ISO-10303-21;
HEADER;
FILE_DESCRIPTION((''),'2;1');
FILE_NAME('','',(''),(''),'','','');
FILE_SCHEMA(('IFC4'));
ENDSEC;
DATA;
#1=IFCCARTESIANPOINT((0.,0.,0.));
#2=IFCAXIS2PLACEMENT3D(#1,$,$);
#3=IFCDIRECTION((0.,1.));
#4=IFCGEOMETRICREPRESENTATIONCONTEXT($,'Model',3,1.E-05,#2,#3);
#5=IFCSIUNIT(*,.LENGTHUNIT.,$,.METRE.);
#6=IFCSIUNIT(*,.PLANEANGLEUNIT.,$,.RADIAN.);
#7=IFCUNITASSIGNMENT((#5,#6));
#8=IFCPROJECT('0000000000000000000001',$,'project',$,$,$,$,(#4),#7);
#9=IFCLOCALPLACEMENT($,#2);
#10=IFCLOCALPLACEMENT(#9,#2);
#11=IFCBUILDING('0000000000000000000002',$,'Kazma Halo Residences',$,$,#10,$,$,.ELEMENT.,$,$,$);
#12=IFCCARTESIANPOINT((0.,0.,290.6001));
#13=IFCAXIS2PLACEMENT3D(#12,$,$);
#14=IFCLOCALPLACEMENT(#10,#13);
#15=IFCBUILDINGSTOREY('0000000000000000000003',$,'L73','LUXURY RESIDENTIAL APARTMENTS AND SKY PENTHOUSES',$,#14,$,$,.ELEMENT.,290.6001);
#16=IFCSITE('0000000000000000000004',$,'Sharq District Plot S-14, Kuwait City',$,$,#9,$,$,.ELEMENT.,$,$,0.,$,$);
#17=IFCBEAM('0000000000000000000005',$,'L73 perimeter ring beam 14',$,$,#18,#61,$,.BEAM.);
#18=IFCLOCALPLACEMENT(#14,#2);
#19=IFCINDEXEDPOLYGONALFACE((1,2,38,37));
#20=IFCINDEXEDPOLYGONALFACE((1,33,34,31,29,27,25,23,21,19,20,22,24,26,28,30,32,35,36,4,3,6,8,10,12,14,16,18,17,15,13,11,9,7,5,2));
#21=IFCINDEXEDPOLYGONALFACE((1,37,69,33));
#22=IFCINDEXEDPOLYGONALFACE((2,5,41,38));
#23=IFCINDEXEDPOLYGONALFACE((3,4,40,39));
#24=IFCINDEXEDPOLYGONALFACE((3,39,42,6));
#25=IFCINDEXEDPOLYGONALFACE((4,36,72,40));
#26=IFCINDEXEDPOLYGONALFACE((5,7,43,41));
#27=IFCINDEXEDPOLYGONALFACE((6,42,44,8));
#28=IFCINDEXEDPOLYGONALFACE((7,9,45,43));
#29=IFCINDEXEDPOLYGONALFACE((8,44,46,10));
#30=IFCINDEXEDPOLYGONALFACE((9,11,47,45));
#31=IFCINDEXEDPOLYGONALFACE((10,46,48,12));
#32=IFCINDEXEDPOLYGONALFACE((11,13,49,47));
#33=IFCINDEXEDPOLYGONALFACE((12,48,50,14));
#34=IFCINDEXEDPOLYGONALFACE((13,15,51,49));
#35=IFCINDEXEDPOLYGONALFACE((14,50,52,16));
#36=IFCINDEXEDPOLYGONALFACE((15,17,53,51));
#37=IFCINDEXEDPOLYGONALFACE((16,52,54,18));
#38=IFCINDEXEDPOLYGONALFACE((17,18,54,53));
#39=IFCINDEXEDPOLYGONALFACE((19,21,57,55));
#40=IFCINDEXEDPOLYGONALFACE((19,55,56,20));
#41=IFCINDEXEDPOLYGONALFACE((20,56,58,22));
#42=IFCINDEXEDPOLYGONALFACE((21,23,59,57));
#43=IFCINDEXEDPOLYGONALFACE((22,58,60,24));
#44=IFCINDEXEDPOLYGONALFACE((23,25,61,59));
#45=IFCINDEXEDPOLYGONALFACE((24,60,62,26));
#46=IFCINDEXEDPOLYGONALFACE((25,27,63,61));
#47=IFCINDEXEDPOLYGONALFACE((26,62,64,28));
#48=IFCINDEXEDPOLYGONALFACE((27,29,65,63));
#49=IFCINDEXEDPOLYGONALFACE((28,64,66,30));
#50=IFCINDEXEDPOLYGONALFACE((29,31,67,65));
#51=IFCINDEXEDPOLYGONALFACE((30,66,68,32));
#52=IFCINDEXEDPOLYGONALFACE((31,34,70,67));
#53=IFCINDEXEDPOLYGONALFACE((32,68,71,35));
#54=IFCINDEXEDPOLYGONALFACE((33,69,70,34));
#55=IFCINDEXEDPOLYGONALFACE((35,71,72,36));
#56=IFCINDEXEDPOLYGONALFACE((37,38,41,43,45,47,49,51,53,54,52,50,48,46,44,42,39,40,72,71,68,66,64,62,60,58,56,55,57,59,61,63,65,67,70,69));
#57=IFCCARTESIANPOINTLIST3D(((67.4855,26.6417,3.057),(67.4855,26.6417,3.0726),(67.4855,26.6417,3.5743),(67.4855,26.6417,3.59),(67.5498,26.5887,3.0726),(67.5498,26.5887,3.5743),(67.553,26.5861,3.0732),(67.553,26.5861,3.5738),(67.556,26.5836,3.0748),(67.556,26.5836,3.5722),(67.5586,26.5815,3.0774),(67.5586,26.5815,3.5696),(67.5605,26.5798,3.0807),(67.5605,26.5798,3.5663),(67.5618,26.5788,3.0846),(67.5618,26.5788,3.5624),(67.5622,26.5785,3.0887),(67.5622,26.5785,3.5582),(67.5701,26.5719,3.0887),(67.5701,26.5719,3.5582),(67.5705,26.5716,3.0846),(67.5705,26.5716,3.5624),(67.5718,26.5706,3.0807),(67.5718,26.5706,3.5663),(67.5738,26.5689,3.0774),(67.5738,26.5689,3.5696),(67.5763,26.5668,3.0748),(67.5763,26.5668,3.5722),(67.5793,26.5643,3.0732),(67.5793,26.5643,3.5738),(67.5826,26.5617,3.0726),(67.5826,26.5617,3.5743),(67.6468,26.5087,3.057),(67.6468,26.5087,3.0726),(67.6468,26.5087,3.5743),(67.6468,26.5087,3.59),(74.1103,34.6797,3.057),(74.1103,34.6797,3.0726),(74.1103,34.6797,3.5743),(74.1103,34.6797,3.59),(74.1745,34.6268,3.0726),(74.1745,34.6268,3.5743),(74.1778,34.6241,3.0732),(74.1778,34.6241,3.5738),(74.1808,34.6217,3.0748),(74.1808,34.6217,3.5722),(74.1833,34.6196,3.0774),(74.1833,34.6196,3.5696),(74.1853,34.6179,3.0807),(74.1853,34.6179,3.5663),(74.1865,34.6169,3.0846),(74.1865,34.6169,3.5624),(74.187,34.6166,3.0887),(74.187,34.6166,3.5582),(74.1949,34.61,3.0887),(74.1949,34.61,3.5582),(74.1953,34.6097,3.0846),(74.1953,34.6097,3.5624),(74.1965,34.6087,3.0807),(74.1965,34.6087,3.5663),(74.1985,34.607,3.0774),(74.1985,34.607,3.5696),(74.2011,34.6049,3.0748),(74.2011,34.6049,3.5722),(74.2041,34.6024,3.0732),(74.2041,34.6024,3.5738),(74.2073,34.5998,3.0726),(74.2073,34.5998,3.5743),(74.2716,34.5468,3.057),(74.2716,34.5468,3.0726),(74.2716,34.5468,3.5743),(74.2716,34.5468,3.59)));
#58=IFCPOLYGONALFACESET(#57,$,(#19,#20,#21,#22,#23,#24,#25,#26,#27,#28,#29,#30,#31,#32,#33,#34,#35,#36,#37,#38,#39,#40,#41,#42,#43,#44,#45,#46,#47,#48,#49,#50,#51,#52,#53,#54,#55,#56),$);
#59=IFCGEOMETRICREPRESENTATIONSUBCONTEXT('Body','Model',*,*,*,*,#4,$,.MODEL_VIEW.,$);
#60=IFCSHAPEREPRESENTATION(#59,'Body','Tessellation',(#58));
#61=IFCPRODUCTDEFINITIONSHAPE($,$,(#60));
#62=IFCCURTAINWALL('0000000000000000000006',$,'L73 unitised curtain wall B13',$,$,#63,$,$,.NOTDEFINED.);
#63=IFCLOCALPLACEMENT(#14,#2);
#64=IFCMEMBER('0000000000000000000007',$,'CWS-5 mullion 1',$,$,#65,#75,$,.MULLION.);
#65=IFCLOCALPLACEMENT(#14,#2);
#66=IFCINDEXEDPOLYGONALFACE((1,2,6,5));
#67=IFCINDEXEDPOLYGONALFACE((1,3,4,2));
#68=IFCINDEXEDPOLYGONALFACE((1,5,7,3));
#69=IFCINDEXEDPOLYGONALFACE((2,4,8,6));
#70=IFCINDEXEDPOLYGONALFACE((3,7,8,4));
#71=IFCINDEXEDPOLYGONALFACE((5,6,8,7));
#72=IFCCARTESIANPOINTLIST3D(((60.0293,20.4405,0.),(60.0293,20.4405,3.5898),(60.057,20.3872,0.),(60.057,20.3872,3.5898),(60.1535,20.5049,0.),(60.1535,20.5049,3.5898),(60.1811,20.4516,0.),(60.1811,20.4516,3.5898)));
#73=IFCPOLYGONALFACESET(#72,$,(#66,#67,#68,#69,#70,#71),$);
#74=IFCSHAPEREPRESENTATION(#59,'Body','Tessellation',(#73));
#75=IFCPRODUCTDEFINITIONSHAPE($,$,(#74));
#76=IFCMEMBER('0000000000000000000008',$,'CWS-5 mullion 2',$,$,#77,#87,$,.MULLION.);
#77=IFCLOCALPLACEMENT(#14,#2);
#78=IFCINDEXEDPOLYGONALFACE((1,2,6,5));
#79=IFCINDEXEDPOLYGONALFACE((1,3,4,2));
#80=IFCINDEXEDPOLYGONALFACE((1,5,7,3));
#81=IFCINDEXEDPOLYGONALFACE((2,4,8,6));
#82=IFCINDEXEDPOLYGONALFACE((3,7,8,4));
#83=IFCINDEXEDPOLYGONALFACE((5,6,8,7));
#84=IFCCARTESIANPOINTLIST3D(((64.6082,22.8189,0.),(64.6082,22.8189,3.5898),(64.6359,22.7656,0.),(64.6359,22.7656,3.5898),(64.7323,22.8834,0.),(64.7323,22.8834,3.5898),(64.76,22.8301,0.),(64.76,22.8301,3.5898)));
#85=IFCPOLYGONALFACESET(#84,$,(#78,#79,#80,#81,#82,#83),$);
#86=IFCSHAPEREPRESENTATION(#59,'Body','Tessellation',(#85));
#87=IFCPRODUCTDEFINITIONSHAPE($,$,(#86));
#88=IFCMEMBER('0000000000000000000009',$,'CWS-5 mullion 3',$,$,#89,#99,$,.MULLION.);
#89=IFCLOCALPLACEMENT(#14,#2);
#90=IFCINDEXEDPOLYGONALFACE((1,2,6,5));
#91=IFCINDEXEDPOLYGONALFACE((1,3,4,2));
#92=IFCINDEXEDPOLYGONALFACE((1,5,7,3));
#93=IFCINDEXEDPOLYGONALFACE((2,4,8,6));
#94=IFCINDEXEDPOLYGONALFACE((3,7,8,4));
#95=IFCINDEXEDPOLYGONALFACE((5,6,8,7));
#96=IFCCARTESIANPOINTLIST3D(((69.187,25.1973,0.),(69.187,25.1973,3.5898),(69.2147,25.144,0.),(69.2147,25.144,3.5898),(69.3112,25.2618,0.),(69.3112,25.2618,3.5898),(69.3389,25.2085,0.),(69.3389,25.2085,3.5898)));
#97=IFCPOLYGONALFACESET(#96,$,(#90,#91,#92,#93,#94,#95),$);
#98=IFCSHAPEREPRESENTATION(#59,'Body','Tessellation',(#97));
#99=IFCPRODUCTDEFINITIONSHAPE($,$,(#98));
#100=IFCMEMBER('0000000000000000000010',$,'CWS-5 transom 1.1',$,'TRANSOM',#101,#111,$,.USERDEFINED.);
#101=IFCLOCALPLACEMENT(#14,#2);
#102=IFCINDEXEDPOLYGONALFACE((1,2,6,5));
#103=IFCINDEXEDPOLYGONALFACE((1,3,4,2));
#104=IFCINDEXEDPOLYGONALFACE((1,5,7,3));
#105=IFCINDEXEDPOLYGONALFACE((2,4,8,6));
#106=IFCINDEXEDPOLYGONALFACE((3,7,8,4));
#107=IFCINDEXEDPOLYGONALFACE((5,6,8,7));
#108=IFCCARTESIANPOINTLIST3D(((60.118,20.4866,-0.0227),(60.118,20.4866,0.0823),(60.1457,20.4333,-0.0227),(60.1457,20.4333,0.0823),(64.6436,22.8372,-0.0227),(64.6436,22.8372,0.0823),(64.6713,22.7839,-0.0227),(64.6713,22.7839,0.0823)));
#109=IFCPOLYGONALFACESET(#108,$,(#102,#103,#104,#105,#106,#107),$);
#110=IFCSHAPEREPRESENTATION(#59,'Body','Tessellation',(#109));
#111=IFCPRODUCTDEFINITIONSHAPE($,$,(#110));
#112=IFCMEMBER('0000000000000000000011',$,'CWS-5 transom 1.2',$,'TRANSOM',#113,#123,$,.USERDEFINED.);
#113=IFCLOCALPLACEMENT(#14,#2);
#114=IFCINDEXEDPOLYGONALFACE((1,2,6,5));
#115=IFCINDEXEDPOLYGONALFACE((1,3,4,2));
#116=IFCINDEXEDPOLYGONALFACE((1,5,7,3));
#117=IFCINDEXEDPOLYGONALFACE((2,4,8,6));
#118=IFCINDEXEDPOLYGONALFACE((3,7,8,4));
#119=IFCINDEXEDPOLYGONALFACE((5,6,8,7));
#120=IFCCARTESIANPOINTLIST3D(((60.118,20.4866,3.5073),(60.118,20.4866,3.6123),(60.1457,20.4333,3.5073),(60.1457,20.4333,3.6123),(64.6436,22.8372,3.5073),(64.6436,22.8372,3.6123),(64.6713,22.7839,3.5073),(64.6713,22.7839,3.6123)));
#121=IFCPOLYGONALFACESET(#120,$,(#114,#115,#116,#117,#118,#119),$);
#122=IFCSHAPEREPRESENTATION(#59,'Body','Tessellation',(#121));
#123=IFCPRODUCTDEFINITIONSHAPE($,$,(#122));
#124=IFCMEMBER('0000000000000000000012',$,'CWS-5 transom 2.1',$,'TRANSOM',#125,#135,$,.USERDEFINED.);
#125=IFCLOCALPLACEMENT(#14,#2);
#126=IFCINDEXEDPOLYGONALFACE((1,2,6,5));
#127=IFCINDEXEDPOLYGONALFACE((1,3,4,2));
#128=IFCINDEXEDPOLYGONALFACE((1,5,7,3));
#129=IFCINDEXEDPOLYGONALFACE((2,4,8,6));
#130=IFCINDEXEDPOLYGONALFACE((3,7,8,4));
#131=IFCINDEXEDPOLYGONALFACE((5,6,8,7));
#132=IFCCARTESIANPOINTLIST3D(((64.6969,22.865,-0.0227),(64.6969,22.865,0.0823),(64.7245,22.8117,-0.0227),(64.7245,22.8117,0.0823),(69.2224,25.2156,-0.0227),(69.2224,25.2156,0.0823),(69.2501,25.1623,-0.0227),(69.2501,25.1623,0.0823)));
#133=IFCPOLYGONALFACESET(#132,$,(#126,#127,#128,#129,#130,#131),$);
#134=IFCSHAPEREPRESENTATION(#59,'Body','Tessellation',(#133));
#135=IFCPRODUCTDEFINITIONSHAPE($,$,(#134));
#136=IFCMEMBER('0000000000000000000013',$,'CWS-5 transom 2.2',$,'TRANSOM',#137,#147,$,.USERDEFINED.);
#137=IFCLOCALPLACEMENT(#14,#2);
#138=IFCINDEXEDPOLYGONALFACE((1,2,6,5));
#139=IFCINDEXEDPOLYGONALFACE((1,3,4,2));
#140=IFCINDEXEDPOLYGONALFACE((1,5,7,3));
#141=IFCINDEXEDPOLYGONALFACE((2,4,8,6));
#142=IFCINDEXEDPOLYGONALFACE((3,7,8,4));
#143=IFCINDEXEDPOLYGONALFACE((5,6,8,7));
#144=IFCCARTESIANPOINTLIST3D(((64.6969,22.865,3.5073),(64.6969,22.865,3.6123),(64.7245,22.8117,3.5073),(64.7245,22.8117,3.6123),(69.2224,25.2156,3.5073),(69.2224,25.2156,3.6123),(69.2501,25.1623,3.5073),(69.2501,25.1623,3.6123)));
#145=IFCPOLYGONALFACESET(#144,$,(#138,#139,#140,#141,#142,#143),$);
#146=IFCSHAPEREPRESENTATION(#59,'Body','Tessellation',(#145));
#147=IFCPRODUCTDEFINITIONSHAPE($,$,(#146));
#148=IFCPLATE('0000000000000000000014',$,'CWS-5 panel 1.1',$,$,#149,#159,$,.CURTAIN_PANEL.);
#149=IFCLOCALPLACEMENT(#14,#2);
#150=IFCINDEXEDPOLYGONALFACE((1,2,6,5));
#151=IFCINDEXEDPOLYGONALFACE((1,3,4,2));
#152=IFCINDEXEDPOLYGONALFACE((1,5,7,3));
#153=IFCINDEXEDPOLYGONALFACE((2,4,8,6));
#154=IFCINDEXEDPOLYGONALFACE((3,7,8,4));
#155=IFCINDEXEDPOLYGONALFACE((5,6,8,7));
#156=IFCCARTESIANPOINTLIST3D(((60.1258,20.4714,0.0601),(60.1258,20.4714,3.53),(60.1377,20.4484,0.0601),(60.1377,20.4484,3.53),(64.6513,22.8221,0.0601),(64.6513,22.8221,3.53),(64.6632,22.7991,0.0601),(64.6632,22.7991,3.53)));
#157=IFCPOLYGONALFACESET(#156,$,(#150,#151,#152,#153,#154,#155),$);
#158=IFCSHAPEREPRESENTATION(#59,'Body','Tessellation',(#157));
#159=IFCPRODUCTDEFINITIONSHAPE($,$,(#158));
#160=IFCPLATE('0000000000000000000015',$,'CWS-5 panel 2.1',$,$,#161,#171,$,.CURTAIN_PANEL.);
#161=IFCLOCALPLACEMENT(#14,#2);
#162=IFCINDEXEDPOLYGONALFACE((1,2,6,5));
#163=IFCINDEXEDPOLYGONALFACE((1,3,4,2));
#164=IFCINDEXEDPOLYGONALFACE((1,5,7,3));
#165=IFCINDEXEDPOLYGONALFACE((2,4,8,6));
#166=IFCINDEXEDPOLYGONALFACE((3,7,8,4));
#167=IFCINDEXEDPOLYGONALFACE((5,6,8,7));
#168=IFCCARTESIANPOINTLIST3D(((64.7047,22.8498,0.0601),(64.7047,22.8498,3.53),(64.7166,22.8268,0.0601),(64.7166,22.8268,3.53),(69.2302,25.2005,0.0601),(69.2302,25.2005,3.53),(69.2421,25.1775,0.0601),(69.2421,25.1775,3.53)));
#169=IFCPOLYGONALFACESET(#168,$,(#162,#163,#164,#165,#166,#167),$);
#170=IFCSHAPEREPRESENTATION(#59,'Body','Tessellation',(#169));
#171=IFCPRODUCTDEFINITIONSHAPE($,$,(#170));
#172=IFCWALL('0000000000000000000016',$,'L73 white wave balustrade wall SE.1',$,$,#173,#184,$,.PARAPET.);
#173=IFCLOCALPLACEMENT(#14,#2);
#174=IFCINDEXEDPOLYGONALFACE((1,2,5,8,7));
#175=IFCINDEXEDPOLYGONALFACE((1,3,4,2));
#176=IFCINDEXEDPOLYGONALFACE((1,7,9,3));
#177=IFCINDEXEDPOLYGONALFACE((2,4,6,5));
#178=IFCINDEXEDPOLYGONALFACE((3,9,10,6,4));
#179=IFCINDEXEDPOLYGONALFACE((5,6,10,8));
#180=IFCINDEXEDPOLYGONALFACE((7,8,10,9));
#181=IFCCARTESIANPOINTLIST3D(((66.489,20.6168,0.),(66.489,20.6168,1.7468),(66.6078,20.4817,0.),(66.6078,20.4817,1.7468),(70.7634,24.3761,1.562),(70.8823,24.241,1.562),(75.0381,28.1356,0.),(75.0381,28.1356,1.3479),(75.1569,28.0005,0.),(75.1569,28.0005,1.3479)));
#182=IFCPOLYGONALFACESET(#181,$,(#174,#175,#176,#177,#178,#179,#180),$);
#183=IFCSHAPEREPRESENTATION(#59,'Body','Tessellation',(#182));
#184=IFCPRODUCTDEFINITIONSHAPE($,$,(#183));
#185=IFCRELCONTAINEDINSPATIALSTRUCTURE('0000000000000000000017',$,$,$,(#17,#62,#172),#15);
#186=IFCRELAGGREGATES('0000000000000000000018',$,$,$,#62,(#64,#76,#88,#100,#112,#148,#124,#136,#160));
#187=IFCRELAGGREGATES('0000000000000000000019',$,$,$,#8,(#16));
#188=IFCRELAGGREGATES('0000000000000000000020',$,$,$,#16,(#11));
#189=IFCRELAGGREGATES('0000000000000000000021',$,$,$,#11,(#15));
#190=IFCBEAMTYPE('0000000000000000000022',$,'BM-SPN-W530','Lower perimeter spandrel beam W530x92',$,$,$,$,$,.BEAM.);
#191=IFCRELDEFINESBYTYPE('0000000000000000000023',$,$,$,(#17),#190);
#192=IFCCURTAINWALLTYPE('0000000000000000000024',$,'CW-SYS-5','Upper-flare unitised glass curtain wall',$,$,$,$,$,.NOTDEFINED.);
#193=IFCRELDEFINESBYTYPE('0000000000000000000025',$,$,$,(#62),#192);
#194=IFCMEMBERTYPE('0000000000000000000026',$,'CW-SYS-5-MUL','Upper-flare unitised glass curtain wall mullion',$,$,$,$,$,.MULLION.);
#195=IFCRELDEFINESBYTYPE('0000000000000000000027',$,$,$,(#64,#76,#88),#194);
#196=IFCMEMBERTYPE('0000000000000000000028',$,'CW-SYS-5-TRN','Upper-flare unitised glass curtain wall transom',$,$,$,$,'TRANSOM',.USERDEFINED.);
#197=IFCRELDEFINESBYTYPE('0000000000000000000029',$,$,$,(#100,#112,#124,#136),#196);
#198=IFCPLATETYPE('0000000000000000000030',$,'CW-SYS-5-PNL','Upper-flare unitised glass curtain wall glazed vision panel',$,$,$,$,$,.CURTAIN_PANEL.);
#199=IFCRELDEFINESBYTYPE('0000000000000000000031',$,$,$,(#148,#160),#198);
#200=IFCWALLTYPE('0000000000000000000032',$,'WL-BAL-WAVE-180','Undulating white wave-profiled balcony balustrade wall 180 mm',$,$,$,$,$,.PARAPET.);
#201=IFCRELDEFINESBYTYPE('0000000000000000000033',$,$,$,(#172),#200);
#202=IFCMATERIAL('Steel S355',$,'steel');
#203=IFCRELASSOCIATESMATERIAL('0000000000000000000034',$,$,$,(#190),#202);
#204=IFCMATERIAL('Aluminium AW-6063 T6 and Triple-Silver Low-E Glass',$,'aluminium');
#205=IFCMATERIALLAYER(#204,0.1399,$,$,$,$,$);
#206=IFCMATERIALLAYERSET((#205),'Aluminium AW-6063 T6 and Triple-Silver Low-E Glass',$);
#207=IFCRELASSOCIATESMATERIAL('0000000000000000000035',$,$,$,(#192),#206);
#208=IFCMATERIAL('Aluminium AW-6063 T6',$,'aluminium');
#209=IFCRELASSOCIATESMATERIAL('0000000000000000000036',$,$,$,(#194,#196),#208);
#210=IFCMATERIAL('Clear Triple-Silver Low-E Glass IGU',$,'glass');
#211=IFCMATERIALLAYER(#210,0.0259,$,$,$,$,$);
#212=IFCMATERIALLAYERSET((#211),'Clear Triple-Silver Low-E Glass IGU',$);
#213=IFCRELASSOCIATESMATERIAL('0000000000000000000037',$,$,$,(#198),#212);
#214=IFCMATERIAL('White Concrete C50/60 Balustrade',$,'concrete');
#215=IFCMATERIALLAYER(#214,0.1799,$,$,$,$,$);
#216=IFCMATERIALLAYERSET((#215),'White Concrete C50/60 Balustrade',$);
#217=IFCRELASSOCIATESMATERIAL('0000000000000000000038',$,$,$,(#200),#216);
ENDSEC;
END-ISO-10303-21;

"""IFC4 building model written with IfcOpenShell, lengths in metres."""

from ifc_helpers import new_model, si_unit, direction, frame, origin, origin_2d, place, context, subcontext, project, spatial, polyline, rectangle, i_section, outline, extrude, material, layer, layer_set, material_profile, profile_set, type_object, element, aggregate, save


model = new_model("IFC4")

# Units and contexts
model_context = context("Model", 3, precision=1e-05, world=origin(), true_north=direction((0.0, 1.0)))
body_context = subcontext(model_context, "Body", "Model", "MODEL_VIEW")
ifc_project = project(units=[si_unit("LENGTHUNIT", "METRE"), si_unit("PLANEANGLEUNIT", "RADIAN")], contexts=[model_context])

# Site, building, storey
site_placement = place(None, origin())
site = spatial("IfcSite", under=ifc_project, at=site_placement, Name="Sharq District Plot S-14, Kuwait City", CompositionType="ELEMENT", RefElevation=0.0)
building_placement = place(site_placement, origin())
building = spatial("IfcBuilding", under=site, at=building_placement, Name="Kazma Halo Residences", CompositionType="ELEMENT")
storey_placement = place(building_placement, frame((0.0, 0.0, 290.6001)))
storey = spatial("IfcBuildingStorey", under=building, at=storey_placement, Name="L73", Description="LUXURY RESIDENTIAL APARTMENTS AND SKY PENTHOUSES", CompositionType="ELEMENT", Elevation=290.6001)

# Beam
ifc_material_1 = material(Name="Steel S355", Category="steel")
ifc_material_profile_1 = material_profile(ifc_material_1, i_section(OverallWidth=0.209, OverallDepth=0.533, WebThickness=0.0103, FlangeThickness=0.0156, FilletRadius=0.0161, at=origin_2d()), Name="W530x92")
ifc_profile_set_1 = profile_set([ifc_material_profile_1], Name="Steel S355")
beam_type_1 = type_object("IfcBeamType", Name="BM-SPN-W530", Description="Lower perimeter spandrel beam W530x92", PredefinedType="BEAM", material=ifc_profile_set_1)
beam_1_placement = place(storey_placement, frame((67.5662, 26.5752, 3.3235), z_axis=(0.636002, 0.771687, 0.0), x_axis=(-0.771687, 0.636002, 0.0)))
element("IfcBeam", 1, at=beam_1_placement, inside=storey, type_object=beam_type_1, Name="L73 perimeter ring beam 14", PredefinedType="BEAM", context=body_context, shape_type="SweptSolid", body=[
    extrude(i_section(OverallWidth=0.209, OverallDepth=0.533, WebThickness=0.0103, FlangeThickness=0.0156, FilletRadius=0.0161, at=origin_2d()), origin(), (0.0, 0.0, 1.0), 10.4163),
])

# Curtain wall, members, plates
ifc_material_2 = material(Name="Aluminium AW-6063 T6 and Triple-Silver Low-E Glass", Category="aluminium")
ifc_layer_1 = layer(ifc_material_2, 0.1399)
ifc_layer_set_1 = layer_set([ifc_layer_1], Name="Aluminium AW-6063 T6 and Triple-Silver Low-E Glass")
curtain_wall_type = type_object("IfcCurtainWallType", Name="CW-SYS-5", Description="Upper-flare unitised glass curtain wall", PredefinedType="NOTDEFINED", material=ifc_layer_set_1)
curtain_wall_placement = place(storey_placement, origin())
curtain_wall = element("IfcCurtainWall", 2, at=curtain_wall_placement, inside=storey, type_object=curtain_wall_type, Name="L73 unitised curtain wall B13", PredefinedType="NOTDEFINED")
ifc_material_3 = material(Name="Aluminium AW-6063 T6", Category="aluminium")
ifc_material_profile_2 = material_profile(ifc_material_3, rectangle(XDim=0.0601, YDim=0.1399, at=origin_2d()), Name="CWM-60x140")
ifc_profile_set_2 = profile_set([ifc_material_profile_2], Name="Aluminium AW-6063 T6")
member_type_1 = type_object("IfcMemberType", Name="CW-SYS-5-MUL", Description="Upper-flare unitised glass curtain wall mullion", PredefinedType="MULLION", material=ifc_profile_set_2)
member_1_placement = place(storey_placement, frame((60.1052, 20.446, 0.0), z_axis=(0.0, 0.0, 1.0), x_axis=(-0.460961, 0.887421, 0.0)))
member_1 = element("IfcMember", 3, at=member_1_placement, type_object=member_type_1, Name="CWS-5 mullion 1", PredefinedType="MULLION", context=body_context, shape_type="SweptSolid", body=[
    extrude(rectangle(XDim=0.0601, YDim=0.1399, at=origin_2d()), origin(), (0.0, 0.0, 1.0), 3.5898),
])
member_2_placement = place(storey_placement, frame((64.6841, 22.8245, 0.0), z_axis=(0.0, 0.0, 1.0), x_axis=(-0.460961, 0.887421, 0.0)))
member_2 = element("IfcMember", 4, at=member_2_placement, type_object=member_type_1, Name="CWS-5 mullion 2", PredefinedType="MULLION", context=body_context, shape_type="SweptSolid", body=[
    extrude(rectangle(XDim=0.0601, YDim=0.1399, at=origin_2d()), origin(), (0.0, 0.0, 1.0), 3.5898),
])
member_3_placement = place(storey_placement, frame((69.2629, 25.2029, 0.0), z_axis=(0.0, 0.0, 1.0), x_axis=(-0.460961, 0.887421, 0.0)))
member_3 = element("IfcMember", 5, at=member_3_placement, type_object=member_type_1, Name="CWS-5 mullion 3", PredefinedType="MULLION", context=body_context, shape_type="SweptSolid", body=[
    extrude(rectangle(XDim=0.0601, YDim=0.1399, at=origin_2d()), origin(), (0.0, 0.0, 1.0), 3.5898),
])
ifc_material_profile_3 = material_profile(ifc_material_3, rectangle(XDim=0.0601, YDim=0.105, at=origin_2d()), Name="CWT-60x105")
ifc_profile_set_3 = profile_set([ifc_material_profile_3], Name="Aluminium AW-6063 T6")
member_type_2 = type_object("IfcMemberType", Name="CW-SYS-5-TRN", Description="Upper-flare unitised glass curtain wall transom", ElementType="TRANSOM", PredefinedType="USERDEFINED", material=ifc_profile_set_3)
member_4_placement = place(storey_placement, frame((60.1318, 20.46, 0.0298), z_axis=(0.887437, 0.460929, 0.0), x_axis=(-0.460929, 0.887437, 0.0)))
member_4 = element("IfcMember", 6, at=member_4_placement, type_object=member_type_2, Name="CWS-5 transom 1.1", ObjectType="TRANSOM", PredefinedType="USERDEFINED", context=body_context, shape_type="SweptSolid", body=[
    extrude(rectangle(XDim=0.0601, YDim=0.105, at=origin_2d()), origin(), (0.0, 0.0, 1.0), 5.0996),
])
member_5_placement = place(storey_placement, frame((60.1318, 20.46, 3.5598), z_axis=(0.887437, 0.460929, 0.0), x_axis=(-0.460929, 0.887437, 0.0)))
member_5 = element("IfcMember", 7, at=member_5_placement, type_object=member_type_2, Name="CWS-5 transom 1.2", ObjectType="TRANSOM", PredefinedType="USERDEFINED", context=body_context, shape_type="SweptSolid", body=[
    extrude(rectangle(XDim=0.0601, YDim=0.105, at=origin_2d()), origin(), (0.0, 0.0, 1.0), 5.0996),
])
member_6_placement = place(storey_placement, frame((64.7107, 22.8384, 0.0298), z_axis=(0.887437, 0.460929, 0.0), x_axis=(-0.460929, 0.887437, 0.0)))
member_6 = element("IfcMember", 8, at=member_6_placement, type_object=member_type_2, Name="CWS-5 transom 2.1", ObjectType="TRANSOM", PredefinedType="USERDEFINED", context=body_context, shape_type="SweptSolid", body=[
    extrude(rectangle(XDim=0.0601, YDim=0.105, at=origin_2d()), origin(), (0.0, 0.0, 1.0), 5.0996),
])
member_7_placement = place(storey_placement, frame((64.7107, 22.8384, 3.5598), z_axis=(0.887437, 0.460929, 0.0), x_axis=(-0.460929, 0.887437, 0.0)))
member_7 = element("IfcMember", 9, at=member_7_placement, type_object=member_type_2, Name="CWS-5 transom 2.2", ObjectType="TRANSOM", PredefinedType="USERDEFINED", context=body_context, shape_type="SweptSolid", body=[
    extrude(rectangle(XDim=0.0601, YDim=0.105, at=origin_2d()), origin(), (0.0, 0.0, 1.0), 5.0996),
])
ifc_material_4 = material(Name="Clear Triple-Silver Low-E Glass IGU", Category="glass")
ifc_layer_2 = layer(ifc_material_4, 0.0259)
ifc_layer_set_2 = layer_set([ifc_layer_2], Name="Clear Triple-Silver Low-E Glass IGU")
plate_type = type_object("IfcPlateType", Name="CW-SYS-5-PNL", Description="Upper-flare unitised glass curtain wall glazed vision panel", PredefinedType="CURTAIN_PANEL", material=ifc_layer_set_2)
plate_1_placement = place(storey_placement, frame((62.3945, 21.6353, 0.0601), z_axis=(0.0, 0.0, 1.0), x_axis=(0.887421, 0.460961, 0.0)))
plate_1 = element("IfcPlate", 10, at=plate_1_placement, type_object=plate_type, Name="CWS-5 panel 1.1", PredefinedType="CURTAIN_PANEL", context=body_context, shape_type="SweptSolid", body=[
    extrude(rectangle(XDim=5.0996, YDim=0.0259, at=origin_2d()), origin(), (0.0, 0.0, 1.0), 3.47),
])
plate_2_placement = place(storey_placement, frame((66.9734, 24.0137, 0.0601), z_axis=(0.0, 0.0, 1.0), x_axis=(0.887421, 0.460961, 0.0)))
plate_2 = element("IfcPlate", 11, at=plate_2_placement, type_object=plate_type, Name="CWS-5 panel 2.1", PredefinedType="CURTAIN_PANEL", context=body_context, shape_type="SweptSolid", body=[
    extrude(rectangle(XDim=5.0996, YDim=0.0259, at=origin_2d()), origin(), (0.0, 0.0, 1.0), 3.47),
])
aggregate(curtain_wall, [member_1, member_2, member_3, member_4, member_5, plate_1, member_6, member_7, plate_2])

# Wall
ifc_material_5 = material(Name="White Concrete C50/60 Balustrade", Category="concrete")
ifc_layer_3 = layer(ifc_material_5, 0.1799)
ifc_layer_set_3 = layer_set([ifc_layer_3], Name="White Concrete C50/60 Balustrade")
wall_type_1 = type_object("IfcWallType", Name="WL-BAL-WAVE-180", Description="Undulating white wave-profiled balcony balustrade wall 180 mm", PredefinedType="PARAPET", material=ifc_layer_set_3)
wall_1_placement = place(storey_placement, frame((66.5483, 20.5493, 0.0), z_axis=(0.0, 0.0, 1.0), x_axis=(0.750904, 0.660411, 0.0)))
element("IfcWall", 12, at=wall_1_placement, inside=storey, type_object=wall_type_1, Name="L73 white wave balustrade wall SE.1", PredefinedType="PARAPET", context=body_context, shape_type="SweptSolid", body=[
    extrude(outline(polyline([(0.0, 0.0), (11.385, 0.0), (11.385, 1.3479), (5.6924, 1.562), (0.0, 1.7468), (0.0, 0.0)])), frame((0.0, 0.0898, 0.0), z_axis=(0.0, -1.0, 0.0), x_axis=(1.0, 0.0, 0.0)), (0.0, 0.0, 1.0), 0.1799),
])

save(model, "model.ifc")
